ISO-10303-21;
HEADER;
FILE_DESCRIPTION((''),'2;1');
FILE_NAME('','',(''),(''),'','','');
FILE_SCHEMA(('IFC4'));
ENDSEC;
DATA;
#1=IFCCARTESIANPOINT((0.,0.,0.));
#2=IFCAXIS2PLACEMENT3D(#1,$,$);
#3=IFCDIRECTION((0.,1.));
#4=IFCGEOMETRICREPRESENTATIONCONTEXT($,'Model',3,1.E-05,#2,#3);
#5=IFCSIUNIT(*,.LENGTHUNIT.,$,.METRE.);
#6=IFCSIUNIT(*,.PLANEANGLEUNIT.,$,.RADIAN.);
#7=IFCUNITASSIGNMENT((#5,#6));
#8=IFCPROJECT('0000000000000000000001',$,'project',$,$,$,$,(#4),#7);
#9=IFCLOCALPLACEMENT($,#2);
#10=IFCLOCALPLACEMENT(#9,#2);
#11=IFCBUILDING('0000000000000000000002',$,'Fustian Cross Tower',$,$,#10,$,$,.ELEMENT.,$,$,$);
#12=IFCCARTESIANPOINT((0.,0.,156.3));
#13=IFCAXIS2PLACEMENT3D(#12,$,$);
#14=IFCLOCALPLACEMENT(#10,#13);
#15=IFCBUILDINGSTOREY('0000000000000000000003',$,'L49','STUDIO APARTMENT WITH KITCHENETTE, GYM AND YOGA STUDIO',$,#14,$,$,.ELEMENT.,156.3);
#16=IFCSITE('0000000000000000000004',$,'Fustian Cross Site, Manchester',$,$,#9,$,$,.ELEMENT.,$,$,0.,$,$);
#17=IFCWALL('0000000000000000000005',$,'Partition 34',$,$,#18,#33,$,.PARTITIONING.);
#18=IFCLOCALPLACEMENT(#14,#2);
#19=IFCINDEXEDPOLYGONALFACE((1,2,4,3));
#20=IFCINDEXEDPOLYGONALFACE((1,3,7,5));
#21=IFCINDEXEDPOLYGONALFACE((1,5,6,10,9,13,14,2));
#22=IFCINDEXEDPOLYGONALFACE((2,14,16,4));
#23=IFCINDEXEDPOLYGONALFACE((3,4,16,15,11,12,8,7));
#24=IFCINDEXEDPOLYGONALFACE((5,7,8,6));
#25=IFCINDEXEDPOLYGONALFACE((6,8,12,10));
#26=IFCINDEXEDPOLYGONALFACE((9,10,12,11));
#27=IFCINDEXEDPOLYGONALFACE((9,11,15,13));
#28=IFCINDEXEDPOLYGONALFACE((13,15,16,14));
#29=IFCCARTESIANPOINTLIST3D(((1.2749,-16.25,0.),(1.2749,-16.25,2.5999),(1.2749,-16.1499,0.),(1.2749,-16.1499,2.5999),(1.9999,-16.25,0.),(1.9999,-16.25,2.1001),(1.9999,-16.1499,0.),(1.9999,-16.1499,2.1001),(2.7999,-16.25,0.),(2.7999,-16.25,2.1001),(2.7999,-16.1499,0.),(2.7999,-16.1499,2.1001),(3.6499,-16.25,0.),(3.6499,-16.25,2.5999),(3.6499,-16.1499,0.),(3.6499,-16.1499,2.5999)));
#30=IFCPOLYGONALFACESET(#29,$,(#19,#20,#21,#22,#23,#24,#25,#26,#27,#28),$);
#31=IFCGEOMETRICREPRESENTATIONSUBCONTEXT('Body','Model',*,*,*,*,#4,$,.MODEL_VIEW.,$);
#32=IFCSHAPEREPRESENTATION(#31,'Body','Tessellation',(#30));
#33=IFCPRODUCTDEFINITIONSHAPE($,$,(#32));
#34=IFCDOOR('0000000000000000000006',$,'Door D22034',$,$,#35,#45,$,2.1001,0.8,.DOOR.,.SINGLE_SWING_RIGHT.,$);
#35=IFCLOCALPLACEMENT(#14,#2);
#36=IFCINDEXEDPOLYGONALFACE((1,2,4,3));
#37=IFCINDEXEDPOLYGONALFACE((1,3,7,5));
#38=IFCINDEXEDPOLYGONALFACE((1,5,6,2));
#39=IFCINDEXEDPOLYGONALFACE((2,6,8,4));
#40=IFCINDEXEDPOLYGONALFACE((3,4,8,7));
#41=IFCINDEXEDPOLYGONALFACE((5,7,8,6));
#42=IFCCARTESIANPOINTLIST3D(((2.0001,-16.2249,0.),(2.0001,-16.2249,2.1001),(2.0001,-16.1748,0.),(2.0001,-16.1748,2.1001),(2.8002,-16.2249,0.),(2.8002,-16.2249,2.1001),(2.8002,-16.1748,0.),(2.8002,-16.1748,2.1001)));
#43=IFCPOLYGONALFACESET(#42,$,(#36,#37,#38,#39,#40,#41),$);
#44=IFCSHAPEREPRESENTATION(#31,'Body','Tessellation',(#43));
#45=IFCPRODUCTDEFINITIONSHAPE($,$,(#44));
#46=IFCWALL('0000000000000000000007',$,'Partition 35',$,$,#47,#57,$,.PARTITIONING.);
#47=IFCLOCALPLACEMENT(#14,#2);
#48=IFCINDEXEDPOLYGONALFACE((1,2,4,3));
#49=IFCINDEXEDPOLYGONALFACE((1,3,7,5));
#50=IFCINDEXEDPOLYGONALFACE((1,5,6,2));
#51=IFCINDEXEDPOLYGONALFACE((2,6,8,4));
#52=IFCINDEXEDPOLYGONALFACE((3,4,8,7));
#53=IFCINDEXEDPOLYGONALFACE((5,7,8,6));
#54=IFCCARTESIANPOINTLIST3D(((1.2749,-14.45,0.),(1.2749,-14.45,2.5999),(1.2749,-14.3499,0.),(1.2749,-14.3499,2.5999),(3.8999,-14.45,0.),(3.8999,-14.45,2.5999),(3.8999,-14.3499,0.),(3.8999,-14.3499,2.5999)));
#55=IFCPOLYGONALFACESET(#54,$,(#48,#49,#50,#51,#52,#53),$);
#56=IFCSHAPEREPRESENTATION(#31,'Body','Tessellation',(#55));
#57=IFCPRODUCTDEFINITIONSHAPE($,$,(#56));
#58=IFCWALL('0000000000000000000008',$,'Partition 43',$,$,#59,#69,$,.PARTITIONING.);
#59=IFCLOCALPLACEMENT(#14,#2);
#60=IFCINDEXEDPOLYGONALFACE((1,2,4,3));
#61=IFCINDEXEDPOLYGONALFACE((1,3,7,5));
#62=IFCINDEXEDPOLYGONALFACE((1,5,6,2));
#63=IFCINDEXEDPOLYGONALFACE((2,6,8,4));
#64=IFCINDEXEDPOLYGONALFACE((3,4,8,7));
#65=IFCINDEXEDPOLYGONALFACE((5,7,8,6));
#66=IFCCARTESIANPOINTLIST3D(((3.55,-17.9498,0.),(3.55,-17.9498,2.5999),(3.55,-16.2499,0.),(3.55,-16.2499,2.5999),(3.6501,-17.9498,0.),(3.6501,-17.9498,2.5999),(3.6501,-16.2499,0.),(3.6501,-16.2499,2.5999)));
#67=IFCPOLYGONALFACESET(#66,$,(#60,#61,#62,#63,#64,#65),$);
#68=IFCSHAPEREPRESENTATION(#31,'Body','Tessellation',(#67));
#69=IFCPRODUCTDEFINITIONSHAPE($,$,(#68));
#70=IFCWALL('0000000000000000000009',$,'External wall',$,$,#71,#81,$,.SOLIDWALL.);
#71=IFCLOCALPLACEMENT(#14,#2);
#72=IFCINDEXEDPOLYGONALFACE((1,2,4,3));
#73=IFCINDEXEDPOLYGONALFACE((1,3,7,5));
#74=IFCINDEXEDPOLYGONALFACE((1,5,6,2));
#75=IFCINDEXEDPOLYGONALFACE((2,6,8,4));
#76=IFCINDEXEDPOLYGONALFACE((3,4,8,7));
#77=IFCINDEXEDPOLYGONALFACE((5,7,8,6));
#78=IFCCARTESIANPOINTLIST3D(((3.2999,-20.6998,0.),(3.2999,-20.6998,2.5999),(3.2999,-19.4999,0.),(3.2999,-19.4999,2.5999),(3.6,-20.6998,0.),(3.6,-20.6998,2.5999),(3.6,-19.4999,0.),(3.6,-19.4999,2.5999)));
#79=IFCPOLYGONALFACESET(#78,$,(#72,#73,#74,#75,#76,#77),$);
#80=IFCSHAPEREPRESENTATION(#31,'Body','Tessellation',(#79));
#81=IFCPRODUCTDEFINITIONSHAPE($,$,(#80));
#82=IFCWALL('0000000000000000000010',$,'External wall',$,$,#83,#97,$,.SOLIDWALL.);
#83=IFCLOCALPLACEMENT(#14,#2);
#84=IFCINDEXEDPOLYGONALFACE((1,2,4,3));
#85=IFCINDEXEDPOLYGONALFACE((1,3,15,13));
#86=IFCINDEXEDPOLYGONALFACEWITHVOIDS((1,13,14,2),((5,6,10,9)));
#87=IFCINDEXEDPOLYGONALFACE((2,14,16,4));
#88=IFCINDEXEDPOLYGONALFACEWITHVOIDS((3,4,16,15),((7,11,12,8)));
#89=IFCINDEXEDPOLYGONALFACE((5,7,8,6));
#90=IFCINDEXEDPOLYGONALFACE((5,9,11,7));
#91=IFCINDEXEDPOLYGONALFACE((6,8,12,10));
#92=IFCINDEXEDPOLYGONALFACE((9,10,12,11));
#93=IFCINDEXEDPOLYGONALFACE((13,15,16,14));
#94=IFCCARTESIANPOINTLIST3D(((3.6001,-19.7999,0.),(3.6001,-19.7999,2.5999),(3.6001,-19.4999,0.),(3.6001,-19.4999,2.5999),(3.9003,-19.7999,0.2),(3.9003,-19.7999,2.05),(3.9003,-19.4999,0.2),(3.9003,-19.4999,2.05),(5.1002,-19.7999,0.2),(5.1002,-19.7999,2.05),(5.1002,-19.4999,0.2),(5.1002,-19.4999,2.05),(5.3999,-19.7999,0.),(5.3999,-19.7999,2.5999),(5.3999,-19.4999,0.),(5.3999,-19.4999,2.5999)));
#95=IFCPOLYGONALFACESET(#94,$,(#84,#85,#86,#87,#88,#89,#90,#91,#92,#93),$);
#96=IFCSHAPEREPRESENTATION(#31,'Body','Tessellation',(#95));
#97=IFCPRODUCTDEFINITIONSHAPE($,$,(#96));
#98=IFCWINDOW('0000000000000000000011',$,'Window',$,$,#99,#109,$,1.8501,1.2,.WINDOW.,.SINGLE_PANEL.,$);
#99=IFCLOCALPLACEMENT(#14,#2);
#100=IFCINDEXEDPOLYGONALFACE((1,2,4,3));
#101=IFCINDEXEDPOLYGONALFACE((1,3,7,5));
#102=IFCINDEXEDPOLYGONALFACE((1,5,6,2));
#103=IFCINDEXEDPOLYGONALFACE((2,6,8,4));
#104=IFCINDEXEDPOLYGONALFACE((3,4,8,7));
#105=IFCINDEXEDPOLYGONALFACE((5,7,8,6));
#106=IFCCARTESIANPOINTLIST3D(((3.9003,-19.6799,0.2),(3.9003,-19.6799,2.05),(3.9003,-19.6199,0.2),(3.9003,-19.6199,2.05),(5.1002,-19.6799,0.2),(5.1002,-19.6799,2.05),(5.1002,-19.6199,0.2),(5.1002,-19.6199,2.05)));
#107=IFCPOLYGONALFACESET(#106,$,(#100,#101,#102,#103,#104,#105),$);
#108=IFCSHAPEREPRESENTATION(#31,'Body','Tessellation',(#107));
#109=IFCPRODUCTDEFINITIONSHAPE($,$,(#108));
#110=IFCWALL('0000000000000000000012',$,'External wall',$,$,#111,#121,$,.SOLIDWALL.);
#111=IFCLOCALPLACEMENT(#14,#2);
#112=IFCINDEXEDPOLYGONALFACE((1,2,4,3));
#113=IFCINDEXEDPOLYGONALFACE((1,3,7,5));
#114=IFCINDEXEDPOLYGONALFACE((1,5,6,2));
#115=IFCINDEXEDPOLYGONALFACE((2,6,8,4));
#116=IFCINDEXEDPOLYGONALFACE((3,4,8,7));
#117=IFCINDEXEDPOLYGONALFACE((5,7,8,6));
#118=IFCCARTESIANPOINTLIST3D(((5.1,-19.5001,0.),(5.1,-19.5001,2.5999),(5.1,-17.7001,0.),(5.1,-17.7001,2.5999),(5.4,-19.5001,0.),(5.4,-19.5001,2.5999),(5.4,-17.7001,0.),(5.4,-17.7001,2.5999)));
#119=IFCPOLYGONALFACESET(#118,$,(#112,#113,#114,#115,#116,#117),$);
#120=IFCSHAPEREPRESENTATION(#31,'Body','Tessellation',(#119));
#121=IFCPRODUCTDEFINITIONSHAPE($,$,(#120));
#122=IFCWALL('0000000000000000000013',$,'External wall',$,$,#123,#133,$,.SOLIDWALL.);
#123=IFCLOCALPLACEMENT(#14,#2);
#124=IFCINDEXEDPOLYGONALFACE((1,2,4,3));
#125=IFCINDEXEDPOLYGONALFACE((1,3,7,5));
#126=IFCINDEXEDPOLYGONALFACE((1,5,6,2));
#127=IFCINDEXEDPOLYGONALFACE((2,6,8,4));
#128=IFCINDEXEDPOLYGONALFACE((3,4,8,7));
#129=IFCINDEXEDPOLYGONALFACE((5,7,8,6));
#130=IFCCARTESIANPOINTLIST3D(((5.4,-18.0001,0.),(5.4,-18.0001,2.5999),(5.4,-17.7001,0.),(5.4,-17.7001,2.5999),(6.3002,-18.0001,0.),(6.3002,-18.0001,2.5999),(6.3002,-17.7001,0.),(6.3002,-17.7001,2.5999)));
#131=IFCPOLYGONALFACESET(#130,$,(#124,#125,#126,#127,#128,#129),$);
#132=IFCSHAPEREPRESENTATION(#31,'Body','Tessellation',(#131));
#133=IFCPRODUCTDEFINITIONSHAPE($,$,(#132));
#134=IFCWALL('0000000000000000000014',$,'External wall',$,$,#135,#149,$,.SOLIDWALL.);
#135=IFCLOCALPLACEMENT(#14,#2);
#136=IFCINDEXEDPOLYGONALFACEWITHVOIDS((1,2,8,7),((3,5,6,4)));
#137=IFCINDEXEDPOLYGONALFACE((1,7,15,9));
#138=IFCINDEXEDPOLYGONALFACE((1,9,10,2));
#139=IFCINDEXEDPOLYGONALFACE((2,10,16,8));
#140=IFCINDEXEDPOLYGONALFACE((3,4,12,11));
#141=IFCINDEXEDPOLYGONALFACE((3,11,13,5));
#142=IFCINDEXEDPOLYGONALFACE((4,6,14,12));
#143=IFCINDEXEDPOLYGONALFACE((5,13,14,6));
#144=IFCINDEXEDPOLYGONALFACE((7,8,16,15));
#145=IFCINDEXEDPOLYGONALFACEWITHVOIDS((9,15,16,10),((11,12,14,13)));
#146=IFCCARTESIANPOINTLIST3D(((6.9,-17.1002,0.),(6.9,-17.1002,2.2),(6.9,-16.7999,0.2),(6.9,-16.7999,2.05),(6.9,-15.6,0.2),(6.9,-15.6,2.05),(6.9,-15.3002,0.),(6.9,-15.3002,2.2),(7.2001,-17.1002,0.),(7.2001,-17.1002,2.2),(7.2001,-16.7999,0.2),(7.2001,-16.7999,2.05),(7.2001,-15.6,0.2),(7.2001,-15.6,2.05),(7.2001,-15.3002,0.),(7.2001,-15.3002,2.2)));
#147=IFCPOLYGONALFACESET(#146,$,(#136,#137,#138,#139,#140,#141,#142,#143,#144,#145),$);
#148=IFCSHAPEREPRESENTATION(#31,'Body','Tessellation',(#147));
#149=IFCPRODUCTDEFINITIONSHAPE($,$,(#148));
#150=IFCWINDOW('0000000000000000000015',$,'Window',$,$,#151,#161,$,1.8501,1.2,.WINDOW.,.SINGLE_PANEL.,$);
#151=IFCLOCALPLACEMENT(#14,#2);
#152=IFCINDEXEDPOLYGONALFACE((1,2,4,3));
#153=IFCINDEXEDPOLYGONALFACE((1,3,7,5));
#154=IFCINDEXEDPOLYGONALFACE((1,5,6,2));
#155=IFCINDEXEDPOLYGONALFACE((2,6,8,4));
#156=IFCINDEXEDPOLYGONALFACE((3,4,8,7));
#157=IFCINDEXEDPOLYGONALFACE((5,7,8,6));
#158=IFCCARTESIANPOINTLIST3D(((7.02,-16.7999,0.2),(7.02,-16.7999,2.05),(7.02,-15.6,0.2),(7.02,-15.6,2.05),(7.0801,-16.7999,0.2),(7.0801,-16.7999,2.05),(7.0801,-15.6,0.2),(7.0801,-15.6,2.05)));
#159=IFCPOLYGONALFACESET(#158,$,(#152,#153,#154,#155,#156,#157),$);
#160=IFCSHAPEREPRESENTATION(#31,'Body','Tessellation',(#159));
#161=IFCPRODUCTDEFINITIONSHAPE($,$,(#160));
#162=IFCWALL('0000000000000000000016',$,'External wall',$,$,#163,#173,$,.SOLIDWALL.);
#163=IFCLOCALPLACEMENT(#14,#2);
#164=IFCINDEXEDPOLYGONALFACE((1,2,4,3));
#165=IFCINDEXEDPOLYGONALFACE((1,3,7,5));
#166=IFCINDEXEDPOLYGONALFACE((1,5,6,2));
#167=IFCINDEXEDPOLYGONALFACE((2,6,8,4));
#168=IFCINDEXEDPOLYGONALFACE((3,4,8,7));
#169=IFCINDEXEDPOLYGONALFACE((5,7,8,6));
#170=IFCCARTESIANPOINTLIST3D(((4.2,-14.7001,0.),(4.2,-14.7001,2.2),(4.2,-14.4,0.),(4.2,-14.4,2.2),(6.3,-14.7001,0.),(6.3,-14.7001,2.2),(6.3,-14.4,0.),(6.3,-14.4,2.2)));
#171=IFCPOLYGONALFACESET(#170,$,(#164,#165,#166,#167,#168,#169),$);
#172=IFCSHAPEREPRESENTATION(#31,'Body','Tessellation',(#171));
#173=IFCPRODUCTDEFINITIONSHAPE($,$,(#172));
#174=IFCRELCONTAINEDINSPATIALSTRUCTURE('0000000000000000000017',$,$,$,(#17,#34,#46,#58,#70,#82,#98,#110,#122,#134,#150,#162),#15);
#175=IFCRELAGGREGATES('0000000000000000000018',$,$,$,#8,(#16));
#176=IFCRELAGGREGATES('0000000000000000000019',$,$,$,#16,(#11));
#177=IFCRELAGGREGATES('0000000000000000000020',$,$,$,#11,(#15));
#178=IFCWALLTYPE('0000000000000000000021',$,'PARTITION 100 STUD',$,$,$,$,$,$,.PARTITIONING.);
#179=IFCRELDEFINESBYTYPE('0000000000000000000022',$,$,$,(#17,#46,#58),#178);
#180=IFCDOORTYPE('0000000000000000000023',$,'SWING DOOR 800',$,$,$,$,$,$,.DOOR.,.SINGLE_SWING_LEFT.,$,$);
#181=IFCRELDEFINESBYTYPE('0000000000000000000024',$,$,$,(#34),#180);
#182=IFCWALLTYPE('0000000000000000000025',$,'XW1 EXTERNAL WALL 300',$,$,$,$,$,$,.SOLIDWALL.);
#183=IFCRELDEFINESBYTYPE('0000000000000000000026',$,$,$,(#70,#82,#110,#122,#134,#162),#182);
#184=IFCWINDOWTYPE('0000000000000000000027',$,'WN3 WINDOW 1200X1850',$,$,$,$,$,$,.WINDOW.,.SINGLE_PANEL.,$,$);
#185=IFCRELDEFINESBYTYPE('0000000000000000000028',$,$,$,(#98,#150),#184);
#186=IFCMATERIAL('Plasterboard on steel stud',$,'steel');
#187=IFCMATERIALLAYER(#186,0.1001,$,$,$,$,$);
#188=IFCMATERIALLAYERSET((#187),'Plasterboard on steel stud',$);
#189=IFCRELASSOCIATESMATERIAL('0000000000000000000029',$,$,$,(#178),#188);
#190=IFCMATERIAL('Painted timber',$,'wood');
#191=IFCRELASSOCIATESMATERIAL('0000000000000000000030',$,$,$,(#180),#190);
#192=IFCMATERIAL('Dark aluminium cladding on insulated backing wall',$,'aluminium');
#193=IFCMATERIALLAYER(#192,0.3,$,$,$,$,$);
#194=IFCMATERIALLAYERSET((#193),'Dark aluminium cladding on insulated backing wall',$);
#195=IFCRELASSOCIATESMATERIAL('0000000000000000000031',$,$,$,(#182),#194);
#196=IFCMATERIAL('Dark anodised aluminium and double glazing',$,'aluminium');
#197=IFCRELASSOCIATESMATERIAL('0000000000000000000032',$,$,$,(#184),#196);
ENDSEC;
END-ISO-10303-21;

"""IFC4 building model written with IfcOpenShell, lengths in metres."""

from ifc_helpers import new_model, si_unit, direction, frame, frame_2d, origin, place, context, subcontext, project, spatial, rectangle, extrude, material, layer, layer_set, type_object, element, fill, save


model = new_model("IFC4")

# Units and contexts
model_context = context("Model", 3, precision=1e-05, world=origin(), true_north=direction((0.0, 1.0)))
body_context = subcontext(model_context, "Body", "Model", "MODEL_VIEW")
ifc_project = project(units=[si_unit("LENGTHUNIT", "METRE"), si_unit("PLANEANGLEUNIT", "RADIAN")], contexts=[model_context])

# Site, building, storey
site_placement = place(None, origin())
site = spatial("IfcSite", under=ifc_project, at=site_placement, Name="Fustian Cross Site, Manchester", CompositionType="ELEMENT", RefElevation=0.0)
building_placement = place(site_placement, origin())
building = spatial("IfcBuilding", under=site, at=building_placement, Name="Fustian Cross Tower", CompositionType="ELEMENT")
storey_placement = place(building_placement, frame((0.0, 0.0, 156.3)))
storey = spatial("IfcBuildingStorey", under=building, at=storey_placement, Name="L49", Description="STUDIO APARTMENT WITH KITCHENETTE, GYM AND YOGA STUDIO", CompositionType="ELEMENT", Elevation=156.3)

# Shared definitions
ifc_material_1 = material(Name="Plasterboard on steel stud", Category="steel")
ifc_layer_1 = layer(ifc_material_1, 0.1001)
ifc_layer_set_1 = layer_set([ifc_layer_1], Name="Plasterboard on steel stud")
wall_type_1 = type_object("IfcWallType", Name="PARTITION 100 STUD", PredefinedType="PARTITIONING", material=ifc_layer_set_1)

# Wall, opening, door
wall_1_placement = place(storey_placement, frame((1.2749, -16.2, 0.0), z_axis=(0.0, 0.0, 1.0), x_axis=(1.0, 0.0, 0.0)))
wall_1 = element("IfcWall", 1, at=wall_1_placement, inside=storey, type_object=wall_type_1, Name="Partition 34", PredefinedType="PARTITIONING", context=body_context, shape_type="SweptSolid", body=[
    extrude(rectangle(XDim=2.375, YDim=0.1001, at=frame_2d((1.1875, 0.0))), origin(), (0.0, 0.0, 1.0), 2.5999),
])
opening_1_placement = place(wall_1_placement, frame((0.7251, 0.0, 0.0)))
opening_1 = element("IfcOpeningElement", 2, at=opening_1_placement, cuts=wall_1, PredefinedType="OPENING", context=body_context, shape_type="SweptSolid", body=[
    extrude(rectangle(XDim=0.8, YDim=2.1001, at=frame_2d((0.3999, 1.05))), frame((0.0, 0.0601, 0.0), z_axis=(0.0, -1.0, 0.0), x_axis=(1.0, 0.0, 0.0)), (0.0, 0.0, 1.0), 0.1201),
])
ifc_material_2 = material(Name="Painted timber", Category="wood")
door_type_1 = type_object("IfcDoorType", Name="SWING DOOR 800", OperationType="SINGLE_SWING_LEFT", PredefinedType="DOOR", material=ifc_material_2)
door_1_placement = place(opening_1_placement, frame((0.8, 0.0, 0.0), z_axis=(0.0, 0.0, 1.0), x_axis=(-1.0, 0.0, 0.0)))
door_1 = element("IfcDoor", 3, at=door_1_placement, inside=storey, type_object=door_type_1, Name="Door D22034", OperationType="SINGLE_SWING_RIGHT", OverallHeight=2.1001, OverallWidth=0.8, PredefinedType="DOOR", context=body_context, shape_type="SweptSolid", body=[
    extrude(rectangle(XDim=0.8, YDim=2.1001, at=frame_2d((0.3999, 1.05))), frame((0.0, 0.0249, 0.0), z_axis=(0.0, -1.0, 0.0), x_axis=(1.0, 0.0, 0.0)), (0.0, 0.0, 1.0), 0.05),
])
fill(opening_1, door_1)

# Walls
wall_2_placement = place(storey_placement, frame((1.2749, -14.3999, 0.0), z_axis=(0.0, 0.0, 1.0), x_axis=(1.0, 0.0, 0.0)))
element("IfcWall", 4, at=wall_2_placement, inside=storey, type_object=wall_type_1, Name="Partition 35", PredefinedType="PARTITIONING", context=body_context, shape_type="SweptSolid", body=[
    extrude(rectangle(XDim=2.625, YDim=0.1001, at=frame_2d((1.3125, 0.0))), origin(), (0.0, 0.0, 1.0), 2.5999),
])
wall_3_placement = place(storey_placement, frame((3.6001, -17.95, 0.0), z_axis=(0.0, 0.0, 1.0), x_axis=(0.0, 1.0, 0.0)))
element("IfcWall", 5, at=wall_3_placement, inside=storey, type_object=wall_type_1, Name="Partition 43", PredefinedType="PARTITIONING", context=body_context, shape_type="SweptSolid", body=[
    extrude(rectangle(XDim=1.7, YDim=0.1001, at=frame_2d((0.8501, 0.0))), origin(), (0.0, 0.0, 1.0), 2.5999),
])
ifc_material_3 = material(Name="Dark aluminium cladding on insulated backing wall", Category="aluminium")
ifc_layer_2 = layer(ifc_material_3, 0.3)
ifc_layer_set_2 = layer_set([ifc_layer_2], Name="Dark aluminium cladding on insulated backing wall")
wall_type_2 = type_object("IfcWallType", Name="XW1 EXTERNAL WALL 300", PredefinedType="SOLIDWALL", material=ifc_layer_set_2)
wall_4_placement = place(storey_placement, frame((3.45, -20.7, 0.0), z_axis=(0.0, 0.0, 1.0), x_axis=(0.0, 1.0, 0.0)))
element("IfcWall", 6, at=wall_4_placement, inside=storey, type_object=wall_type_2, Name="External wall", PredefinedType="SOLIDWALL", context=body_context, shape_type="SweptSolid", body=[
    extrude(rectangle(XDim=1.2, YDim=0.3, at=frame_2d((0.6001, 0.0))), origin(), (0.0, 0.0, 1.0), 2.5999),
])

# Wall, opening, window
wall_5_placement = place(storey_placement, frame((3.6001, -19.6499, 0.0), z_axis=(0.0, 0.0, 1.0), x_axis=(1.0, 0.0, 0.0)))
wall_5 = element("IfcWall", 7, at=wall_5_placement, inside=storey, type_object=wall_type_2, Name="External wall", PredefinedType="SOLIDWALL", context=body_context, shape_type="SweptSolid", body=[
    extrude(rectangle(XDim=1.7998, YDim=0.3, at=frame_2d((0.8999, 0.0))), origin(), (0.0, 0.0, 1.0), 2.5999),
])
opening_2_placement = place(wall_5_placement, frame((0.3, 0.0, 0.2)))
opening_2 = element("IfcOpeningElement", 8, at=opening_2_placement, cuts=wall_5, PredefinedType="OPENING", context=body_context, shape_type="SweptSolid", body=[
    extrude(rectangle(XDim=1.2, YDim=1.8501, at=frame_2d((0.6001, 0.925))), frame((0.0, 0.1599, 0.0), z_axis=(0.0, -1.0, 0.0), x_axis=(1.0, 0.0, 0.0)), (0.0, 0.0, 1.0), 0.3201),
])
ifc_material_4 = material(Name="Dark anodised aluminium and double glazing", Category="aluminium")
window_type = type_object("IfcWindowType", Name="WN3 WINDOW 1200X1850", PartitioningType="SINGLE_PANEL", PredefinedType="WINDOW", material=ifc_material_4)
window_1_placement = place(opening_2_placement, origin())
window_1 = element("IfcWindow", 9, at=window_1_placement, inside=storey, type_object=window_type, Name="Window", OverallHeight=1.8501, OverallWidth=1.2, PartitioningType="SINGLE_PANEL", PredefinedType="WINDOW", context=body_context, shape_type="SweptSolid", body=[
    extrude(rectangle(XDim=1.2, YDim=1.8501, at=frame_2d((0.6001, 0.925))), frame((0.0, 0.03, 0.0), z_axis=(0.0, -1.0, 0.0), x_axis=(1.0, 0.0, 0.0)), (0.0, 0.0, 1.0), 0.0601),
])
fill(opening_2, window_1)

# Walls
wall_6_placement = place(storey_placement, frame((5.25, -19.5, 0.0), z_axis=(0.0, 0.0, 1.0), x_axis=(0.0, 1.0, 0.0)))
element("IfcWall", 10, at=wall_6_placement, inside=storey, type_object=wall_type_2, Name="External wall", PredefinedType="SOLIDWALL", context=body_context, shape_type="SweptSolid", body=[
    extrude(rectangle(XDim=1.8, YDim=0.3, at=frame_2d((0.8999, 0.0))), origin(), (0.0, 0.0, 1.0), 2.5999),
])
wall_7_placement = place(storey_placement, frame((5.3999, -17.8501, 0.0), z_axis=(0.0, 0.0, 1.0), x_axis=(1.0, 0.0, 0.0)))
element("IfcWall", 11, at=wall_7_placement, inside=storey, type_object=wall_type_2, Name="External wall", PredefinedType="SOLIDWALL", context=body_context, shape_type="SweptSolid", body=[
    extrude(rectangle(XDim=0.9001, YDim=0.3, at=frame_2d((0.4502, 0.0))), origin(), (0.0, 0.0, 1.0), 2.5999),
])

# Wall, opening, window
wall_8_placement = place(storey_placement, frame((7.05, -17.1001, 0.0), z_axis=(0.0, 0.0, 1.0), x_axis=(0.0, 1.0, 0.0)))
wall_8 = element("IfcWall", 12, at=wall_8_placement, inside=storey, type_object=wall_type_2, Name="External wall", PredefinedType="SOLIDWALL", context=body_context, shape_type="SweptSolid", body=[
    extrude(rectangle(XDim=1.8, YDim=0.3, at=frame_2d((0.8999, 0.0))), origin(), (0.0, 0.0, 1.0), 2.2),
])
opening_3_placement = place(wall_8_placement, frame((0.3, 0.0, 0.2)))
opening_3 = element("IfcOpeningElement", 13, at=opening_3_placement, cuts=wall_8, PredefinedType="OPENING", context=body_context, shape_type="SweptSolid", body=[
    extrude(rectangle(XDim=1.2, YDim=1.8501, at=frame_2d((0.6001, 0.925))), frame((0.0, 0.1599, 0.0), z_axis=(0.0, -1.0, 0.0), x_axis=(1.0, 0.0, 0.0)), (0.0, 0.0, 1.0), 0.3201),
])
window_2_placement = place(opening_3_placement, origin())
window_2 = element("IfcWindow", 14, at=window_2_placement, inside=storey, type_object=window_type, Name="Window", OverallHeight=1.8501, OverallWidth=1.2, PartitioningType="SINGLE_PANEL", PredefinedType="WINDOW", context=body_context, shape_type="SweptSolid", body=[
    extrude(rectangle(XDim=1.2, YDim=1.8501, at=frame_2d((0.6001, 0.925))), frame((0.0, 0.03, 0.0), z_axis=(0.0, -1.0, 0.0), x_axis=(1.0, 0.0, 0.0)), (0.0, 0.0, 1.0), 0.0601),
])
fill(opening_3, window_2)

# Wall
wall_9_placement = place(storey_placement, frame((6.3, -14.55, 0.0), z_axis=(0.0, 0.0, 1.0), x_axis=(-1.0, 0.0, 0.0)))
element("IfcWall", 15, at=wall_9_placement, inside=storey, type_object=wall_type_2, Name="External wall", PredefinedType="SOLIDWALL", context=body_context, shape_type="SweptSolid", body=[
    extrude(rectangle(XDim=2.1001, YDim=0.3, at=frame_2d((1.05, 0.0))), origin(), (0.0, 0.0, 1.0), 2.2),
])

save(model, "model.ifc")
